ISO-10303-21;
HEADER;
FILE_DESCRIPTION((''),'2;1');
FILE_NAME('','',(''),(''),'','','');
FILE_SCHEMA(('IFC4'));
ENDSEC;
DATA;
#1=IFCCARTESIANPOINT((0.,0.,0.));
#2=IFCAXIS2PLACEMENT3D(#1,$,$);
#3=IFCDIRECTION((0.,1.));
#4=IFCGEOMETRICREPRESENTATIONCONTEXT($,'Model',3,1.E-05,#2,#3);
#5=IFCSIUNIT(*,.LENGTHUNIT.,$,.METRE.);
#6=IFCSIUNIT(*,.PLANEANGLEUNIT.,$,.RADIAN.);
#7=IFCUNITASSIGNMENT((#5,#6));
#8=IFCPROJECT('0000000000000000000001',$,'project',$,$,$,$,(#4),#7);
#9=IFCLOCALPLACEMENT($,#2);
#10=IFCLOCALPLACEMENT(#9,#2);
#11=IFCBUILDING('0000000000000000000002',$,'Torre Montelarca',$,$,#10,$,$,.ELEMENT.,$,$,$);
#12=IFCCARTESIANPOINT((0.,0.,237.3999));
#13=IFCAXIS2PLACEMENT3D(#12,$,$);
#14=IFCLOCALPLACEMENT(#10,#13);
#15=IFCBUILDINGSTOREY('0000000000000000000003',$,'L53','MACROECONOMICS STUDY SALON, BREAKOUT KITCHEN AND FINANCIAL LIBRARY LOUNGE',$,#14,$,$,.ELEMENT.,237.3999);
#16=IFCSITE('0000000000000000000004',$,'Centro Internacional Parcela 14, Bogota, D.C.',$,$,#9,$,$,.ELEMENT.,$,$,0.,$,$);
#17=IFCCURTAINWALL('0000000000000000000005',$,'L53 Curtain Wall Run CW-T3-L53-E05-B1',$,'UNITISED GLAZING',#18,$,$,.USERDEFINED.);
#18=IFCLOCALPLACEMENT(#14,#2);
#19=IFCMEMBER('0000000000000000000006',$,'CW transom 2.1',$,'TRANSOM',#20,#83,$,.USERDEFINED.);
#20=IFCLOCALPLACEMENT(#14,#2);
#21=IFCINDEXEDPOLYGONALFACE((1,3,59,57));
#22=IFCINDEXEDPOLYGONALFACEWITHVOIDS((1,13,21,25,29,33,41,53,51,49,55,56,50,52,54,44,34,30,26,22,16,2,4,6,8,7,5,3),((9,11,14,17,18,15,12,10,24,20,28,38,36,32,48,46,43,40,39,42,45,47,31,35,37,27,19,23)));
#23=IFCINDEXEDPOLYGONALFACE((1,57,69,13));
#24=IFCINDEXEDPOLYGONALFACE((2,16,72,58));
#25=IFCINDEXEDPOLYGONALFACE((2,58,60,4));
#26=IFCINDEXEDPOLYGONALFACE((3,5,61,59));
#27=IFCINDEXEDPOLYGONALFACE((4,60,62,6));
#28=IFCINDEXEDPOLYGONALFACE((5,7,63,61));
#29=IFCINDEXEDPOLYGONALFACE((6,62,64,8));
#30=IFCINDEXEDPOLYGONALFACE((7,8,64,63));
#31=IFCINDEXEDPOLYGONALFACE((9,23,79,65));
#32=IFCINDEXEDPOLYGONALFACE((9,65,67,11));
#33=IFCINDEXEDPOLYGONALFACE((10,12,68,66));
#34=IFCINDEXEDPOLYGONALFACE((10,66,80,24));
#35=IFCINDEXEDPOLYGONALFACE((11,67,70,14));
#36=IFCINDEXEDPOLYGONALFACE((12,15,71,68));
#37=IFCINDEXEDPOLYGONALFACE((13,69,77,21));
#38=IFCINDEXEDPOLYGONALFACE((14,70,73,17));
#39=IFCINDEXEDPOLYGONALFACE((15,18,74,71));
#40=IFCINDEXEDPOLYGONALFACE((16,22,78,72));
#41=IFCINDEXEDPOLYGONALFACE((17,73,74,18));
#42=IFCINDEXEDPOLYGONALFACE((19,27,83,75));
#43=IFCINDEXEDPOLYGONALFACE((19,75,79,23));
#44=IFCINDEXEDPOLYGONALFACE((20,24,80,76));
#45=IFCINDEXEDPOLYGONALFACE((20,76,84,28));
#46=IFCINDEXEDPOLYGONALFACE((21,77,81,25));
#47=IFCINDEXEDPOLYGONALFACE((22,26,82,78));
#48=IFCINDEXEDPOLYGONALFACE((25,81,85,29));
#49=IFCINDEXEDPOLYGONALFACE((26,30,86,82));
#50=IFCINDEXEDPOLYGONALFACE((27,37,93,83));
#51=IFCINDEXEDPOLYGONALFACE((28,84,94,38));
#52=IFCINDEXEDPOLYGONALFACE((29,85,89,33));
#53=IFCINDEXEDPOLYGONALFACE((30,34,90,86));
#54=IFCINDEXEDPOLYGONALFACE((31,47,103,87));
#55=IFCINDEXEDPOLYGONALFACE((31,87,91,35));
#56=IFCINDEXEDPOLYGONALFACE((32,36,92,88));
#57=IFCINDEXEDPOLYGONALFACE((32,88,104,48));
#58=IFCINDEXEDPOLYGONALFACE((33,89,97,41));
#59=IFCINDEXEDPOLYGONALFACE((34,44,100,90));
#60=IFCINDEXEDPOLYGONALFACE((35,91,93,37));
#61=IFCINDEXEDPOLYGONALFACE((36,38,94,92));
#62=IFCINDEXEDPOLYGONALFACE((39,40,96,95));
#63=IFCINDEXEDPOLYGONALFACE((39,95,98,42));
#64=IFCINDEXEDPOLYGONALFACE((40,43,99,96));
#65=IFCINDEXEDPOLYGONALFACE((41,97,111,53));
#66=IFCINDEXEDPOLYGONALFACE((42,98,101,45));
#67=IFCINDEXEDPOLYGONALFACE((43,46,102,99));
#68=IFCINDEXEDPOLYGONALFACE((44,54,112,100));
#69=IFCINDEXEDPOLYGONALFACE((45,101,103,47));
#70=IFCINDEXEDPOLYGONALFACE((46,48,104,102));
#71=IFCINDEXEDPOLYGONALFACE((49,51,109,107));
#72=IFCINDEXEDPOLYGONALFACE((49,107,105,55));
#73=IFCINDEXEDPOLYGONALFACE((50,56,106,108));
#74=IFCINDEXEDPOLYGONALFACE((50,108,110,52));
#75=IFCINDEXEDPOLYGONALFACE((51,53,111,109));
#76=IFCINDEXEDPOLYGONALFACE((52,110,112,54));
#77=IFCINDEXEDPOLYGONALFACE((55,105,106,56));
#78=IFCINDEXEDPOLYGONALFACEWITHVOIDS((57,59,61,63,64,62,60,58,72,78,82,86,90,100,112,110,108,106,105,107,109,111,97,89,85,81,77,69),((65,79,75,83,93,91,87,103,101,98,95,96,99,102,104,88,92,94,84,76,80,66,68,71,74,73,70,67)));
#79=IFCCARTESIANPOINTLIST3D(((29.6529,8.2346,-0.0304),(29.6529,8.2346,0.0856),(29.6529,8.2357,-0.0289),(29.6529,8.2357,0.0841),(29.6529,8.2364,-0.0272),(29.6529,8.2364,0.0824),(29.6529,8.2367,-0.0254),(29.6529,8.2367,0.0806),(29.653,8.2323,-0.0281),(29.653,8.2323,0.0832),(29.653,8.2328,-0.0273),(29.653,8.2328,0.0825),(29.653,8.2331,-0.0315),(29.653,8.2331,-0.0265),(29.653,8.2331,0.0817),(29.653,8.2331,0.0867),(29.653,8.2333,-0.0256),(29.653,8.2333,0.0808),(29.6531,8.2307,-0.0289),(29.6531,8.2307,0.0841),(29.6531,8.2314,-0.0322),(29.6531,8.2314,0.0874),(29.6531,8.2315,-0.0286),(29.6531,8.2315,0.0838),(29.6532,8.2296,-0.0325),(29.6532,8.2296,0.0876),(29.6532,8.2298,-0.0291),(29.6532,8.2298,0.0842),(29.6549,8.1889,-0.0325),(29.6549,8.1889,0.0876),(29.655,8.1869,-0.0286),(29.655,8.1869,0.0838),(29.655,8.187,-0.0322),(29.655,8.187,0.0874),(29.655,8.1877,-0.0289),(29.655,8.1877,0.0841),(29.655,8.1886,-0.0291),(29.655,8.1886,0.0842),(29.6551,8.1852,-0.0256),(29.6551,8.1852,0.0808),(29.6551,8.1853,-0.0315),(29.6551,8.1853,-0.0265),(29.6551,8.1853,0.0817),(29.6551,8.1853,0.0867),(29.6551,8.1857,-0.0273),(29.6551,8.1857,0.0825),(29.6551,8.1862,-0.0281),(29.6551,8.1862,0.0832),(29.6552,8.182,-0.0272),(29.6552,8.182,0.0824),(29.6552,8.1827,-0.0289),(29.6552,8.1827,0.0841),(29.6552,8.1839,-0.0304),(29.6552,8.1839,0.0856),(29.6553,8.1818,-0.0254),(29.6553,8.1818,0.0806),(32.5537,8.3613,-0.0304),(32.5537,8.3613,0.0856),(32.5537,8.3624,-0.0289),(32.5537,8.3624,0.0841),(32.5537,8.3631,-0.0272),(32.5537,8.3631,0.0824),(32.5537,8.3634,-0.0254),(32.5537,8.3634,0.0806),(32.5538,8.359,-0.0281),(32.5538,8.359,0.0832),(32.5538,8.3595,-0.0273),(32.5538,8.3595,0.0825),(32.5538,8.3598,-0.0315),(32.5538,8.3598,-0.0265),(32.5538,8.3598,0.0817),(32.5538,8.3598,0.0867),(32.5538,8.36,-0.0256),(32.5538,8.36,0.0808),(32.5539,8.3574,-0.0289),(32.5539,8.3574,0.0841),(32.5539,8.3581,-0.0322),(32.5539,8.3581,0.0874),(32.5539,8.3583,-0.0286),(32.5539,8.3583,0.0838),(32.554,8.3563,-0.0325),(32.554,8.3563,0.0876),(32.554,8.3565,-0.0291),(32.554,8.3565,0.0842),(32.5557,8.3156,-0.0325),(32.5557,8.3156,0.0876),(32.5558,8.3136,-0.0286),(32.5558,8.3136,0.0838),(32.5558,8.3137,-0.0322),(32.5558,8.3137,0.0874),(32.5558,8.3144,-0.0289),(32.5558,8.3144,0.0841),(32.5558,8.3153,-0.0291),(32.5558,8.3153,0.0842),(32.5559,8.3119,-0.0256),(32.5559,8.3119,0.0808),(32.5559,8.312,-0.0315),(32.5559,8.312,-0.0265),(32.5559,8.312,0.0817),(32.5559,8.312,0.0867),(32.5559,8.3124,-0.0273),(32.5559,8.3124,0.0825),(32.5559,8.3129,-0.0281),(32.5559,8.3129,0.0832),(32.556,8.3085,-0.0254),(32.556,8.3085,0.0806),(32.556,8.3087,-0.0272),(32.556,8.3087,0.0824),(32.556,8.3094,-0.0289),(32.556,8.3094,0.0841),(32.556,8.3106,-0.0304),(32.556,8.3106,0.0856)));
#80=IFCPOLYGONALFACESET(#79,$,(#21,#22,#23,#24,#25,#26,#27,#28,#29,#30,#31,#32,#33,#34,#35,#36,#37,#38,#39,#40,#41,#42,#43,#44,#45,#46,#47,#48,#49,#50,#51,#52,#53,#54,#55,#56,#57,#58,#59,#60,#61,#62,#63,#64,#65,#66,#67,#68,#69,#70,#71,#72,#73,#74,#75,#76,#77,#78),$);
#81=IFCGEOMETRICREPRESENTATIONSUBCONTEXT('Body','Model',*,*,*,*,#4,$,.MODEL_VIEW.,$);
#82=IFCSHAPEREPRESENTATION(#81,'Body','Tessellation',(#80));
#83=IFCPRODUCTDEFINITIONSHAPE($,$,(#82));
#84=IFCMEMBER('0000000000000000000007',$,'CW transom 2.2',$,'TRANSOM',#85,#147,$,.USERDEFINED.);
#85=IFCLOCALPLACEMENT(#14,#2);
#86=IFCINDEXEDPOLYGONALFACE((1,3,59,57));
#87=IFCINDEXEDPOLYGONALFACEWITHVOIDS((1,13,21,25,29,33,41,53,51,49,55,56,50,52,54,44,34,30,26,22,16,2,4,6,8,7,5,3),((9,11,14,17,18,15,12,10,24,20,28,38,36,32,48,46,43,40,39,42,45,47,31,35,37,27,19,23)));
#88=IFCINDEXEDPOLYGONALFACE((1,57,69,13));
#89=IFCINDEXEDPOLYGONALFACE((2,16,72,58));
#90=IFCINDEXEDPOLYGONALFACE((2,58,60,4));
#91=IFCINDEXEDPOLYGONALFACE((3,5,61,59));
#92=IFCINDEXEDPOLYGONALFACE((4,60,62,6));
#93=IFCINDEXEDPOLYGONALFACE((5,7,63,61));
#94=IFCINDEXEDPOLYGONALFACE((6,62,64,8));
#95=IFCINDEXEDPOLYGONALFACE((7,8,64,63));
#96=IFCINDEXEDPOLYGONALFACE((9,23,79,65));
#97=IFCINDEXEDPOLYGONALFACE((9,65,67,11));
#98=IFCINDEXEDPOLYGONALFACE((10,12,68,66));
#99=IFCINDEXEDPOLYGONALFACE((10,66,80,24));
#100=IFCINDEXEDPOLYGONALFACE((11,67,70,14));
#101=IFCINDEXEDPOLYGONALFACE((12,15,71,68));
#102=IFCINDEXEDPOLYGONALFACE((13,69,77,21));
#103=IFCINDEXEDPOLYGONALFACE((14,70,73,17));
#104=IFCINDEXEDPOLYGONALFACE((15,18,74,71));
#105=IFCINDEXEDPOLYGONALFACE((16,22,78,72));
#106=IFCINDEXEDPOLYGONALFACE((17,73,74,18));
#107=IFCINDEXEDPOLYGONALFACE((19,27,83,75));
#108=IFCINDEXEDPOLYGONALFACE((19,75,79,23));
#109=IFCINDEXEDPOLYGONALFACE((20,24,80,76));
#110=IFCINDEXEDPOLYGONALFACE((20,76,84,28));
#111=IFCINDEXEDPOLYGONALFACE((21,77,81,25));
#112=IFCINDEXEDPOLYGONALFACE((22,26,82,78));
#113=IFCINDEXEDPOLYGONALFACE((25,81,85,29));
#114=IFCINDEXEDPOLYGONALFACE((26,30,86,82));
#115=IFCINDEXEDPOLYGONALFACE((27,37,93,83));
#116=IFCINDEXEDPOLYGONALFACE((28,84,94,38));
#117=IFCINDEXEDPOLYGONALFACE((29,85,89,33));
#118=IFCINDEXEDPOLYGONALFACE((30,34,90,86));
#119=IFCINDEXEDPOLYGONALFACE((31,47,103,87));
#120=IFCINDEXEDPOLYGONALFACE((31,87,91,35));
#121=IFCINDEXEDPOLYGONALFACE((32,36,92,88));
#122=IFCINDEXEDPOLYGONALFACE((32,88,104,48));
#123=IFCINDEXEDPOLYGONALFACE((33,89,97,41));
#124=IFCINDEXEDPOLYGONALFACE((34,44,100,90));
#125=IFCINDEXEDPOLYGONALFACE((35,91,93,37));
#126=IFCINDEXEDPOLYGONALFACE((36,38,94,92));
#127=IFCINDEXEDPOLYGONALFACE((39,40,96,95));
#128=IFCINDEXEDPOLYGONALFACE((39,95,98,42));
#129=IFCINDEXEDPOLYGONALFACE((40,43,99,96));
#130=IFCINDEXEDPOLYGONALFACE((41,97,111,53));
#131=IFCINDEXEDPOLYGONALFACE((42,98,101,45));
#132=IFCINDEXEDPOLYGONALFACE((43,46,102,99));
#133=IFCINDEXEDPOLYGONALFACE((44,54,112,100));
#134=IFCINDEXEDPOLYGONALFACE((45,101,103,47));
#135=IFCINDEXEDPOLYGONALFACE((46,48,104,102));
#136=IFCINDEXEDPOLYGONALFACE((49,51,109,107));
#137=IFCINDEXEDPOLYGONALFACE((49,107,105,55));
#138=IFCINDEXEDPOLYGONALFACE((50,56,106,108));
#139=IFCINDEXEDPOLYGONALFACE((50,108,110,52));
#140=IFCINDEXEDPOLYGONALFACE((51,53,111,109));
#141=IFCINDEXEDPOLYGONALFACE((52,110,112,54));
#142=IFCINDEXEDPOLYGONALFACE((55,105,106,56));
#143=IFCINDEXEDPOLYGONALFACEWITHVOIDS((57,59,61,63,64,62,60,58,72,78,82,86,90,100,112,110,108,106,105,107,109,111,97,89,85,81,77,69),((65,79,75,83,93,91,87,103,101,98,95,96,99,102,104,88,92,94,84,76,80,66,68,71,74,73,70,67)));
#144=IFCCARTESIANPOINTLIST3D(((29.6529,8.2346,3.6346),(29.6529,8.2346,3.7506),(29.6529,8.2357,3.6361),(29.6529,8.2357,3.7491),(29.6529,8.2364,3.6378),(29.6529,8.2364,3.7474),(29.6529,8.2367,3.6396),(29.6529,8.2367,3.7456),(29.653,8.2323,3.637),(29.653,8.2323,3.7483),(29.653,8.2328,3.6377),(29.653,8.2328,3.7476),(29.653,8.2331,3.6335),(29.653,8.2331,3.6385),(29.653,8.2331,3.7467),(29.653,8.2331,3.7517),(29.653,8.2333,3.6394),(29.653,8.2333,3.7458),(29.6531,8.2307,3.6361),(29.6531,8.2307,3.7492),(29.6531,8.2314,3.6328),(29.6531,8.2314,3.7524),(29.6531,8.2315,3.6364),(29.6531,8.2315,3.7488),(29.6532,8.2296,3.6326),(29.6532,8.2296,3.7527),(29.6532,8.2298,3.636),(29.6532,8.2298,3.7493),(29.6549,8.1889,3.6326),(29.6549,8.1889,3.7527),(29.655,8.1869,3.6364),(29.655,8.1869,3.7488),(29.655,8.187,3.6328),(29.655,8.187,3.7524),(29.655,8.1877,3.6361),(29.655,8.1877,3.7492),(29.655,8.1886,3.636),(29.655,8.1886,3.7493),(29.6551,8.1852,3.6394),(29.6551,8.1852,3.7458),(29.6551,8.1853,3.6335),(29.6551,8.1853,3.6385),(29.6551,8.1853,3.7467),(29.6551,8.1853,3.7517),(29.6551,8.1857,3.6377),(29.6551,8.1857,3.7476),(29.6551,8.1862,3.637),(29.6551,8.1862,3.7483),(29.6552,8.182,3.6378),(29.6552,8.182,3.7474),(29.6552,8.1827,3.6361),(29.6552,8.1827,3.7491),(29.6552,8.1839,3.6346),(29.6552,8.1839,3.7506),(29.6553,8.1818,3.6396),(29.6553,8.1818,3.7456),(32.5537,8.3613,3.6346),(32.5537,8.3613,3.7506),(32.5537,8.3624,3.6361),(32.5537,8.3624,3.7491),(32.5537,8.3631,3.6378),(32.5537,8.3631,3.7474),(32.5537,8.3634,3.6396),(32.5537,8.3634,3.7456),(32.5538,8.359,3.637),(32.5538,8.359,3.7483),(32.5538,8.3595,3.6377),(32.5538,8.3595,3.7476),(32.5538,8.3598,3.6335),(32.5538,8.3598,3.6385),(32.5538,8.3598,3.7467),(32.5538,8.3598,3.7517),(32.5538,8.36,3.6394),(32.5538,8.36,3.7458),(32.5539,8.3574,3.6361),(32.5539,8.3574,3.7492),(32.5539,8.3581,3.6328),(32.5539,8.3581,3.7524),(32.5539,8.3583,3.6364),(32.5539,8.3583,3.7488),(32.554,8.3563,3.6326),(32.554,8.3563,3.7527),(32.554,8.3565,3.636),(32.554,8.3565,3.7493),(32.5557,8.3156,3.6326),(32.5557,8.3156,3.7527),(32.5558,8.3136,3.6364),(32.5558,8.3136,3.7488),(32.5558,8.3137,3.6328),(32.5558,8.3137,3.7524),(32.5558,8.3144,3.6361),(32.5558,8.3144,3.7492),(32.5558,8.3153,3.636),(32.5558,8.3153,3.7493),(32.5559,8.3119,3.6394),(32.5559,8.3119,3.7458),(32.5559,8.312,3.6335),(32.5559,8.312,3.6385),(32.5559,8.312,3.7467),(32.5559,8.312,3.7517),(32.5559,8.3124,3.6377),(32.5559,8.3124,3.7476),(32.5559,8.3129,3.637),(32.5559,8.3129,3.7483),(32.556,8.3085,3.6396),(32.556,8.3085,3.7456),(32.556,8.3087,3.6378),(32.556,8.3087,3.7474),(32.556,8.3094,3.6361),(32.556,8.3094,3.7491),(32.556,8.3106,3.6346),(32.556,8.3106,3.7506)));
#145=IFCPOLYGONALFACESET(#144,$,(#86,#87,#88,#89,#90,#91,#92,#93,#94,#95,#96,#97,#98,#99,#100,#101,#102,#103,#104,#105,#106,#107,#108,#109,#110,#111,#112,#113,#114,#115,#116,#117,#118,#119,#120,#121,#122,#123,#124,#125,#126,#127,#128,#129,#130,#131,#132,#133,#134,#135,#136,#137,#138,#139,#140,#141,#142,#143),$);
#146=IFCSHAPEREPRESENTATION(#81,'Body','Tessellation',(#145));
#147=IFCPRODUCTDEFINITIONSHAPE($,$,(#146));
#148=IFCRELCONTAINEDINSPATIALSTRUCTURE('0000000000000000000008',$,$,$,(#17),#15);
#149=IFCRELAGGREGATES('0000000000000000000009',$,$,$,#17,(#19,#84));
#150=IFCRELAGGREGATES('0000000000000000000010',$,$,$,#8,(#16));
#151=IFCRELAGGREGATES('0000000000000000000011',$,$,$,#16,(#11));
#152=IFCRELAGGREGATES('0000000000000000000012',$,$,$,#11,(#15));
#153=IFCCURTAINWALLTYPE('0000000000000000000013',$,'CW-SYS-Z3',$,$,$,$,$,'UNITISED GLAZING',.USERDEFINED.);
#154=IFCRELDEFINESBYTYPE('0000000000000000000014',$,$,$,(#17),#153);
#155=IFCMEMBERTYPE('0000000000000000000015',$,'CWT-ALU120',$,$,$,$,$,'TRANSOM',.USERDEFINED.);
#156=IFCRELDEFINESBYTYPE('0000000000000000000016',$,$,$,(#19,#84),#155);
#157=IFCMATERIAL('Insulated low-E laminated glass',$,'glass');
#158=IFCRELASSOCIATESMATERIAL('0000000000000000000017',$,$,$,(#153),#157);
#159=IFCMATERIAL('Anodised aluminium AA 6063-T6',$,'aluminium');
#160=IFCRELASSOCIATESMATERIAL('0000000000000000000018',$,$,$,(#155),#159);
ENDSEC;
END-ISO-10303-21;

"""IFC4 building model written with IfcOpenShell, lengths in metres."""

from ifc_helpers import new_model, si_unit, direction, frame, origin, origin_2d, place, context, subcontext, project, spatial, hollow_rectangle, extrude, source, transform, mapped, material, material_profile, profile_set, type_object, element, aggregate, save


model = new_model("IFC4")

# Units and contexts
model_context = context("Model", 3, precision=1e-05, world=origin(), true_north=direction((0.0, 1.0)))
body_context = subcontext(model_context, "Body", "Model", "MODEL_VIEW")
ifc_project = project(units=[si_unit("LENGTHUNIT", "METRE"), si_unit("PLANEANGLEUNIT", "RADIAN")], contexts=[model_context])

# Site, building, storey
site_placement = place(None, origin())
site = spatial("IfcSite", under=ifc_project, at=site_placement, Name="Centro Internacional Parcela 14, Bogota, D.C.", CompositionType="ELEMENT", RefElevation=0.0)
building_placement = place(site_placement, origin())
building = spatial("IfcBuilding", under=site, at=building_placement, Name="Torre Montelarca", CompositionType="ELEMENT")
storey_placement = place(building_placement, frame((0.0, 0.0, 237.3999)))
storey = spatial("IfcBuildingStorey", under=building, at=storey_placement, Name="L53", Description="MACROECONOMICS STUDY SALON, BREAKOUT KITCHEN AND FINANCIAL LIBRARY LOUNGE", CompositionType="ELEMENT", Elevation=237.3999)

# Curtain wall, members
ifc_material_1 = material(Name="Insulated low-E laminated glass", Category="glass")
curtain_wall_type = type_object("IfcCurtainWallType", Name="CW-SYS-Z3", ElementType="UNITISED GLAZING", PredefinedType="USERDEFINED", material=ifc_material_1)
curtain_wall_1_placement = place(storey_placement, origin())
curtain_wall_1 = element("IfcCurtainWall", 1, at=curtain_wall_1_placement, inside=storey, type_object=curtain_wall_type, Name="L53 Curtain Wall Run CW-T3-L53-E05-B1", ObjectType="UNITISED GLAZING", PredefinedType="USERDEFINED")
ifc_material_2 = material(Name="Anodised aluminium AA 6063-T6", Category="aluminium")
ifc_material_profile_1 = material_profile(ifc_material_2, hollow_rectangle(XDim=0.0549, YDim=0.1201, WallThickness=0.0034, InnerFilletRadius=0.0034, OuterFilletRadius=0.0071, at=origin_2d()), Name="ALU55X120X3.5", Category="aluminium")
ifc_profile_set_1 = profile_set([ifc_material_profile_1], Name="Anodised aluminium AA 6063-T6")
member_type_1 = type_object("IfcMemberType", Name="CWT-ALU120", ElementType="TRANSOM", PredefinedType="USERDEFINED", material=ifc_profile_set_1)
shared_shape_1 = source(origin(), body_context, "Body", "SweptSolid", [
    extrude(hollow_rectangle(XDim=0.0549, YDim=0.1201, WallThickness=0.0034, InnerFilletRadius=0.0034, OuterFilletRadius=0.0071, at=origin_2d()), origin(), (0.0, 0.0, 1.0), 2.9036),
])
member_1_placement = place(storey_placement, frame((29.6541, 8.2092, 0.0276), z_axis=(0.999047, 0.043638, 0.0), x_axis=(-0.043638, 0.999047, 0.0)))
member_1 = element("IfcMember", 2, at=member_1_placement, type_object=member_type_1, Name="CW transom 2.1", ObjectType="TRANSOM", PredefinedType="USERDEFINED", context=body_context, shape_type="MappedRepresentation", body=[
    mapped(shared_shape_1, transform((0.0, 0.0, 0.0), scale=1.0)),
])
member_2_placement = place(storey_placement, frame((29.6541, 8.2092, 3.6926), z_axis=(0.999047, 0.043638, 0.0), x_axis=(-0.043638, 0.999047, 0.0)))
member_2 = element("IfcMember", 3, at=member_2_placement, type_object=member_type_1, Name="CW transom 2.2", ObjectType="TRANSOM", PredefinedType="USERDEFINED", context=body_context, shape_type="MappedRepresentation", body=[
    mapped(shared_shape_1, transform((0.0, 0.0, 0.0), scale=1.0)),
])

aggregate(curtain_wall_1, [member_1, member_2])

save(model, "model.ifc")
